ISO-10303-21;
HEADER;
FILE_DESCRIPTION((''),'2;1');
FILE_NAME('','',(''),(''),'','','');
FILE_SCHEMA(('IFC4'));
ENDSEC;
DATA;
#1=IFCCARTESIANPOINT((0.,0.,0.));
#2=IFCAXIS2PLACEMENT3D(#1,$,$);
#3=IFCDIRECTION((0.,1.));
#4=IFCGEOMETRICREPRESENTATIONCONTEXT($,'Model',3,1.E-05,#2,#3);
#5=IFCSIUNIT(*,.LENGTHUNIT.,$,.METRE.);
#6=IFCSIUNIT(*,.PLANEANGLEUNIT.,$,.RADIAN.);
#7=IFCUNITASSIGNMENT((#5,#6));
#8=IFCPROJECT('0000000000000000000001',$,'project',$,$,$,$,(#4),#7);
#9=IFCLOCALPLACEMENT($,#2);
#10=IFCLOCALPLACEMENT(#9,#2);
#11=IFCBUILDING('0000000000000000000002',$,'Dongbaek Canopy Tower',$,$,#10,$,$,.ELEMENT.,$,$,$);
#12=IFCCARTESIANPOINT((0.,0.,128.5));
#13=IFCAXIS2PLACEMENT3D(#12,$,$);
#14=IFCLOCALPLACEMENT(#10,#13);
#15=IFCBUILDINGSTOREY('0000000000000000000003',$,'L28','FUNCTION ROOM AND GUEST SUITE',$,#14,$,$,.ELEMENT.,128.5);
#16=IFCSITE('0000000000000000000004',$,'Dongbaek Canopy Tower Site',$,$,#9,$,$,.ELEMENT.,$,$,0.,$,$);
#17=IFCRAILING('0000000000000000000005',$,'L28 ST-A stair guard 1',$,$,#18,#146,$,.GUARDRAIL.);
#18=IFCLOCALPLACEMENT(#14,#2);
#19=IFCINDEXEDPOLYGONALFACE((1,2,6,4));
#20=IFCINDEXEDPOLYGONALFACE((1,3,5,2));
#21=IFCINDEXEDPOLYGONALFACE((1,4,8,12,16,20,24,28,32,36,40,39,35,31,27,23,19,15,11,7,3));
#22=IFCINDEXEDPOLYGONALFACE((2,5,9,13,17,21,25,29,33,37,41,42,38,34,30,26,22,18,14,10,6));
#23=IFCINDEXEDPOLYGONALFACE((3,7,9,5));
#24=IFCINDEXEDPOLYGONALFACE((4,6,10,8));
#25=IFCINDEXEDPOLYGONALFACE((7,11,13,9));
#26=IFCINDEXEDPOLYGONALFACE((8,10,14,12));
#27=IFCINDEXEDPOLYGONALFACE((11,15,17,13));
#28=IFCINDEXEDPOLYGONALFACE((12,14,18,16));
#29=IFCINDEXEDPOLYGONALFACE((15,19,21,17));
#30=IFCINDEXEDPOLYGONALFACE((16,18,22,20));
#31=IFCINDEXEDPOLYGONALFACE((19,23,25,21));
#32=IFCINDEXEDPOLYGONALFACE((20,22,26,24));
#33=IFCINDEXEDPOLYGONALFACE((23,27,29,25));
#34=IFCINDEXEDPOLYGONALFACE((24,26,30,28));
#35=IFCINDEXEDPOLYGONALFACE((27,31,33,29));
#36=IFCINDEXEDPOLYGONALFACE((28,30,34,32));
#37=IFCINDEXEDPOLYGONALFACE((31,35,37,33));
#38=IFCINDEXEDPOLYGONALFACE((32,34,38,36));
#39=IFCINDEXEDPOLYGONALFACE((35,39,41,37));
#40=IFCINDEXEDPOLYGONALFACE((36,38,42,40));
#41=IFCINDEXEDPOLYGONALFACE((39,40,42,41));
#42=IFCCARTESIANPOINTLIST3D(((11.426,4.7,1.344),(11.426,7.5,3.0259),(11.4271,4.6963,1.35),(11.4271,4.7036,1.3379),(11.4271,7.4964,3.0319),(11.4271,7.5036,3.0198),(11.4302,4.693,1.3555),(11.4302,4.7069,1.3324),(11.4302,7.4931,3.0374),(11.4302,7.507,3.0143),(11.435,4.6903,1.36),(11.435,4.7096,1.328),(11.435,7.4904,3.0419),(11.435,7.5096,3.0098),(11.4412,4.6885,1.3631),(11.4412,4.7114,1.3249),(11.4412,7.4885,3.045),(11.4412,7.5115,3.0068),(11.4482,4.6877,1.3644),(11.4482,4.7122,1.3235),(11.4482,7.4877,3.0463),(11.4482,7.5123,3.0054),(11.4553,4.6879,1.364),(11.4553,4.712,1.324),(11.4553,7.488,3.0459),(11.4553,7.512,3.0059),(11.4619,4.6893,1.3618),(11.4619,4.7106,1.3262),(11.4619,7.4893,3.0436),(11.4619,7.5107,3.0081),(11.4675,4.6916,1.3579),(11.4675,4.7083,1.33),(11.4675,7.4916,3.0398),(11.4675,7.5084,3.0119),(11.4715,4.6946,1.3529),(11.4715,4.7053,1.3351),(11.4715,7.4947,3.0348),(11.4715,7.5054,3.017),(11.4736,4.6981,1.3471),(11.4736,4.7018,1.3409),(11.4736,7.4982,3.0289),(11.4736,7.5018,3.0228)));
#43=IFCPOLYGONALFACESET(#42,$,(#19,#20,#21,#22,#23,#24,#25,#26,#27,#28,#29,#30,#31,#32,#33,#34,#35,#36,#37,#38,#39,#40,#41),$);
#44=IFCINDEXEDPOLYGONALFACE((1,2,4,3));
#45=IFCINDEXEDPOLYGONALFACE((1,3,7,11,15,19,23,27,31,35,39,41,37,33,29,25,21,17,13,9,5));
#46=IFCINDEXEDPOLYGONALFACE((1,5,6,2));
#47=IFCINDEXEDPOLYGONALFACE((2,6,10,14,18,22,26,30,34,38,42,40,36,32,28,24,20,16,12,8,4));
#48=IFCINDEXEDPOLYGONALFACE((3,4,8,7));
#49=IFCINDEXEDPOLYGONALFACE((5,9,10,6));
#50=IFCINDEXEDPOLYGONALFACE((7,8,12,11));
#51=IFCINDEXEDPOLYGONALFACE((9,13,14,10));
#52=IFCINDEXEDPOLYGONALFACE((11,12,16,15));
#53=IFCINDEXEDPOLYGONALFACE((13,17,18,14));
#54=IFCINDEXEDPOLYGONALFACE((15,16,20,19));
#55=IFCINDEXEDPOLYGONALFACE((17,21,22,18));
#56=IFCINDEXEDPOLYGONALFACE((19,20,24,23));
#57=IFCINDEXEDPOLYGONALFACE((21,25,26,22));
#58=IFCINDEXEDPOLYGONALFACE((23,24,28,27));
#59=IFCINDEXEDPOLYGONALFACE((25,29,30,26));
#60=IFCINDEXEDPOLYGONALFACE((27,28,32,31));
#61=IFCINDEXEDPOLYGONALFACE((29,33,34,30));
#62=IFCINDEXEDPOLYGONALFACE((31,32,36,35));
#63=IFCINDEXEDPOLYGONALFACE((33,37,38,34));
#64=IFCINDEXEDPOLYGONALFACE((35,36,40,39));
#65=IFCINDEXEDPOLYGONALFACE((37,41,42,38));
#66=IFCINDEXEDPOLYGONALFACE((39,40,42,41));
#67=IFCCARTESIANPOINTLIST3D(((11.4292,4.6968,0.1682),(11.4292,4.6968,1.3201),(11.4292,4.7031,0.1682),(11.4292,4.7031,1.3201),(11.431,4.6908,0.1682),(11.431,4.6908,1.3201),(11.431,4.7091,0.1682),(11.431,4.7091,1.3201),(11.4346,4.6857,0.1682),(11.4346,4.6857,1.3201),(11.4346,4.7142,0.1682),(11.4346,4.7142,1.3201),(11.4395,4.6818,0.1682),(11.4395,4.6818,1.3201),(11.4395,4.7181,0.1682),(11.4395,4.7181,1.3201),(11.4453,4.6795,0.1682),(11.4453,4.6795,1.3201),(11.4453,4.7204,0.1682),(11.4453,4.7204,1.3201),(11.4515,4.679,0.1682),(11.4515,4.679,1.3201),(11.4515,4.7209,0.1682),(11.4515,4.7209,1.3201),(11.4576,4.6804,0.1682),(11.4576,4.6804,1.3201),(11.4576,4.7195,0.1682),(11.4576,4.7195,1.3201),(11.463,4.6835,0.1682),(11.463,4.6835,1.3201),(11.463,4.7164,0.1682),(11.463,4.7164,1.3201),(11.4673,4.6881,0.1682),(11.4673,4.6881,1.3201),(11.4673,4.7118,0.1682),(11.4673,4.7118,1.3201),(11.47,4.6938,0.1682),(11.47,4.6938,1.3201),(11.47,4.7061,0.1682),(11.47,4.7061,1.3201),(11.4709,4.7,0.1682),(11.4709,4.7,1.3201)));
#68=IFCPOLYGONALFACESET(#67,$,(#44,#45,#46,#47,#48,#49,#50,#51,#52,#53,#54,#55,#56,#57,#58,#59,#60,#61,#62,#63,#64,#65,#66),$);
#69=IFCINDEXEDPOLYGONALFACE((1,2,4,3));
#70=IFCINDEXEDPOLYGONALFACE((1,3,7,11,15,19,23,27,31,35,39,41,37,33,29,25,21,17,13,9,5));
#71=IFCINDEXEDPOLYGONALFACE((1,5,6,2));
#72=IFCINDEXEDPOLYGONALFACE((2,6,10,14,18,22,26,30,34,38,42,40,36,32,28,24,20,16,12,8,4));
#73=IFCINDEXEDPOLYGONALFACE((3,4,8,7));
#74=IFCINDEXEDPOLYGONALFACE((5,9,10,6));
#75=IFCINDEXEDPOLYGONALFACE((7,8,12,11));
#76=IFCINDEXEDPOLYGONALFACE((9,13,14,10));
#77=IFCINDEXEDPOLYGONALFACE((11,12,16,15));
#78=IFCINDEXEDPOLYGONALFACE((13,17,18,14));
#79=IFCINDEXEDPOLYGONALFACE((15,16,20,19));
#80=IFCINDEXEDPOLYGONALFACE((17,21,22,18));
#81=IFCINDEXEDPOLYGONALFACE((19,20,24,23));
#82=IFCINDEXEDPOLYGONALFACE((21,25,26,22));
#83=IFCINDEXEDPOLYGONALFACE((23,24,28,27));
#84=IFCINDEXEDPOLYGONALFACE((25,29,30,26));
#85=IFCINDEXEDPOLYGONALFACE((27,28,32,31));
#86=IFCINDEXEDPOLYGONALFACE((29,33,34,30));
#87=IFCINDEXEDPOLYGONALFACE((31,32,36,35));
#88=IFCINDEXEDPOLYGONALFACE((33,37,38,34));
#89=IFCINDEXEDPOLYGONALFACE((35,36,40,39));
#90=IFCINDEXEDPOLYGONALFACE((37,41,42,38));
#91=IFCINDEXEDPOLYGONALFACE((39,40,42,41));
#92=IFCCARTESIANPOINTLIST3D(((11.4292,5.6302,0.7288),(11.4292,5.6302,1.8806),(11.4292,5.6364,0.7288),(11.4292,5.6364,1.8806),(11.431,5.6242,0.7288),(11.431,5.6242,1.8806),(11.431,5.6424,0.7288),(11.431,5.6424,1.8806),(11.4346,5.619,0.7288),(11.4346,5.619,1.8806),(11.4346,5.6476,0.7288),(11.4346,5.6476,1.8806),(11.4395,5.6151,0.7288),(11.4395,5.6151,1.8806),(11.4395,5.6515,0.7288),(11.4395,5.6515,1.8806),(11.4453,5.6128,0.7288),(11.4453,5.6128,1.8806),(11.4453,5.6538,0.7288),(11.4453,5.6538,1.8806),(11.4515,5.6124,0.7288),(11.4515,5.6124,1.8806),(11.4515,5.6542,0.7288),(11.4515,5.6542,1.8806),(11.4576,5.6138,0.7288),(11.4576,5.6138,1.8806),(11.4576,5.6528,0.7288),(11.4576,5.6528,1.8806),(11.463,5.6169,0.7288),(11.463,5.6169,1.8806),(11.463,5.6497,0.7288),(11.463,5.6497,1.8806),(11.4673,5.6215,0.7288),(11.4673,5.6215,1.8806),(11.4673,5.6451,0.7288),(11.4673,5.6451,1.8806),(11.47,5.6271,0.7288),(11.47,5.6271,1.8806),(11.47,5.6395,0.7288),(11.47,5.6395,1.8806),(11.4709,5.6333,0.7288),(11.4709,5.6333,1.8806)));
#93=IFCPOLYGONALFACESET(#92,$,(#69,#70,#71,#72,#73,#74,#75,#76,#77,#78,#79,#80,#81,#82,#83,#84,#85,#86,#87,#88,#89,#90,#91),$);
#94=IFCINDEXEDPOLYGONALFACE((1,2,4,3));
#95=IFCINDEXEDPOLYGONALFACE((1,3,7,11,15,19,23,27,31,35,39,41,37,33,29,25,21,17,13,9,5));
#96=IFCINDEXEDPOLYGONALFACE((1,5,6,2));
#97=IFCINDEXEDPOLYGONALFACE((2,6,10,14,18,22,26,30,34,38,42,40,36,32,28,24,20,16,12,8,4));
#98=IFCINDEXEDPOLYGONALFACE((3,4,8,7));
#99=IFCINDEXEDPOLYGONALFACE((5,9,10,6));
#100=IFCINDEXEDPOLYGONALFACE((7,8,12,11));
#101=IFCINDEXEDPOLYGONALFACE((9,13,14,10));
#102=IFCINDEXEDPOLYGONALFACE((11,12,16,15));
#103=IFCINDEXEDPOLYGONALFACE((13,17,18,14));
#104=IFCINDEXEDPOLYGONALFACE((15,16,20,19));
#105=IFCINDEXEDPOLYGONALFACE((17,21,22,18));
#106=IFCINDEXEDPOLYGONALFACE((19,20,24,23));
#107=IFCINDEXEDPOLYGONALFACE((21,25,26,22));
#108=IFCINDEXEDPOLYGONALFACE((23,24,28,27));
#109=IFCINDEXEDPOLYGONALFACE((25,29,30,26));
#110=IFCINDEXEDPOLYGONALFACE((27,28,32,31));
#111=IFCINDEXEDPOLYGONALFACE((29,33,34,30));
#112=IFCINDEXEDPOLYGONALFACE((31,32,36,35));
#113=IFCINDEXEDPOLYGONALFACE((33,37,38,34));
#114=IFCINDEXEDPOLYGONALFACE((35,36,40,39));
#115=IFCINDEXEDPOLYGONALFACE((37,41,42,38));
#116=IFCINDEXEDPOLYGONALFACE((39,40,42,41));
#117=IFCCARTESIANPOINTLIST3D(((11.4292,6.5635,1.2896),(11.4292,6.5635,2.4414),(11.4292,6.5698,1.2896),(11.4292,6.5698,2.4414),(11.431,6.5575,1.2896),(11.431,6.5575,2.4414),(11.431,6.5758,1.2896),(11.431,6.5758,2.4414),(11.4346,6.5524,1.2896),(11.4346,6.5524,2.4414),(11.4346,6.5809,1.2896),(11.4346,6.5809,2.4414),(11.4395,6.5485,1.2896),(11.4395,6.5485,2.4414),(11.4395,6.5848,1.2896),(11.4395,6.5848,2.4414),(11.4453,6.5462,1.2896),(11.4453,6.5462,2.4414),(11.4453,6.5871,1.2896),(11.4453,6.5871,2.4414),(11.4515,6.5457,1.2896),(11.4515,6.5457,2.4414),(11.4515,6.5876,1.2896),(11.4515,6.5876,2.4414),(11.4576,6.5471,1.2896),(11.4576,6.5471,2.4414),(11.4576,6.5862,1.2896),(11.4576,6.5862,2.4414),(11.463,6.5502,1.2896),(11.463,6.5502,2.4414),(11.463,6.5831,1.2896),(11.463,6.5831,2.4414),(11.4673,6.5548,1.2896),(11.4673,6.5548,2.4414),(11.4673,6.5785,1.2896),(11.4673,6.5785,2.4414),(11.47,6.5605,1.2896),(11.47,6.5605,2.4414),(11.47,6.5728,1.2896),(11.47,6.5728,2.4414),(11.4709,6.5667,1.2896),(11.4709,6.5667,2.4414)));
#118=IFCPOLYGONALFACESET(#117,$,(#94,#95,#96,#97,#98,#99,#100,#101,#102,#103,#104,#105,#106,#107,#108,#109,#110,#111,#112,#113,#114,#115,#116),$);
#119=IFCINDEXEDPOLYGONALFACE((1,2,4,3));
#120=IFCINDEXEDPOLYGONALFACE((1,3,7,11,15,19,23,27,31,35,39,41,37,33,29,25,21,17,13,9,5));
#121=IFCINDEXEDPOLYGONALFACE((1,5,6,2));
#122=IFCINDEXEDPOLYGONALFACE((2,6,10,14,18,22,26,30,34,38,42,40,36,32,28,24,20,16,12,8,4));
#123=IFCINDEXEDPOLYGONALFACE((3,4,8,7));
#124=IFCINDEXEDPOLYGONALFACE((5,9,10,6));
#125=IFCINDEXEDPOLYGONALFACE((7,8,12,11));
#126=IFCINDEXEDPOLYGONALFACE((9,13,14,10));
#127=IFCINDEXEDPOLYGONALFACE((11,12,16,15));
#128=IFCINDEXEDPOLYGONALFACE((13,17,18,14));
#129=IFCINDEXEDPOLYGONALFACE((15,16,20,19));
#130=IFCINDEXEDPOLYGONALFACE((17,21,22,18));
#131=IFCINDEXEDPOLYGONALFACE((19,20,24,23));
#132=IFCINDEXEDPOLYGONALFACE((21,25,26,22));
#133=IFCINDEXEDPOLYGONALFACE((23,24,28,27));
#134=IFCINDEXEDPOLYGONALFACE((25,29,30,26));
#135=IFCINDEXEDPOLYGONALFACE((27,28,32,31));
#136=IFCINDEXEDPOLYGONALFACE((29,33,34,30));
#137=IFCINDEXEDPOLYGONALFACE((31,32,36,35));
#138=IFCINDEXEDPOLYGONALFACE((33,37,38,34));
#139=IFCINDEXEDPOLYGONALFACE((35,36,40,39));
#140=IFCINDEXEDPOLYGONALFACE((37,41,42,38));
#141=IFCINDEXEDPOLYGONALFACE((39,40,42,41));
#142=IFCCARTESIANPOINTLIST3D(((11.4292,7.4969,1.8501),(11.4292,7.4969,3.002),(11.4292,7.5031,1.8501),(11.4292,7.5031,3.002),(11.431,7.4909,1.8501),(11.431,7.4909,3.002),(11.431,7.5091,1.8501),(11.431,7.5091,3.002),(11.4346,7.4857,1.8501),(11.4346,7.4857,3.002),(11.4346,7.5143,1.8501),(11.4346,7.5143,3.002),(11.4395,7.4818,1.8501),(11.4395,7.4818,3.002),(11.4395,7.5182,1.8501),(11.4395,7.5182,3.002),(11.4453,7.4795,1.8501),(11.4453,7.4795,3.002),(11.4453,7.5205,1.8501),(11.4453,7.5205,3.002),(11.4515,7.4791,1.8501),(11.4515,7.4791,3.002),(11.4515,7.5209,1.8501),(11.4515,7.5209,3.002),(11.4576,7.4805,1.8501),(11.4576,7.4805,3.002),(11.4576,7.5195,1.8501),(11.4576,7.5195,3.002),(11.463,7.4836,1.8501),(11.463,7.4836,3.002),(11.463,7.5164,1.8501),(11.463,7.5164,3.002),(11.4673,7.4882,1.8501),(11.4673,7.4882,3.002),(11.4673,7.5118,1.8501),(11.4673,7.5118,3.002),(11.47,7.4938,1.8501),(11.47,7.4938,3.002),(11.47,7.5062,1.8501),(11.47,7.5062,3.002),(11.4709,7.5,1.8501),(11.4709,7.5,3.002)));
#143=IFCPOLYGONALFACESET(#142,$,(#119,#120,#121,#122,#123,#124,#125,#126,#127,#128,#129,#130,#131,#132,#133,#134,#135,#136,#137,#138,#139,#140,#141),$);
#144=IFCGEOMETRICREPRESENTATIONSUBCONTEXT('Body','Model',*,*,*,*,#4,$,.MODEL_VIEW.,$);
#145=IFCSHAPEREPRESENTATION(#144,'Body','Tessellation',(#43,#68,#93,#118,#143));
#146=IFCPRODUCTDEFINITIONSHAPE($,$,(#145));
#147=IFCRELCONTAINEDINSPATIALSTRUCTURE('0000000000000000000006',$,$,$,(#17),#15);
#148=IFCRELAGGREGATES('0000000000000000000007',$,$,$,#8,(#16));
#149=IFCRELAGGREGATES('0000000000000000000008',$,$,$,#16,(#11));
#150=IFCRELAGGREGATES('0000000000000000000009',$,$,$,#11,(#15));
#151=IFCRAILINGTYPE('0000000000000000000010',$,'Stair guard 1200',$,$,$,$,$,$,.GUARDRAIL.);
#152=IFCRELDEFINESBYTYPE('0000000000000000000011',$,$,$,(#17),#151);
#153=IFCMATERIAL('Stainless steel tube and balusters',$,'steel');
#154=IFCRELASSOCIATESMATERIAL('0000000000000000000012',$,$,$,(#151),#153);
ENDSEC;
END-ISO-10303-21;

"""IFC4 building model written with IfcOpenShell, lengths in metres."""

from ifc_helpers import new_model, si_unit, direction, frame, origin, origin_2d, place, context, subcontext, project, spatial, circle, extrude, material, type_object, element, save


model = new_model("IFC4")

# Units and contexts
model_context = context("Model", 3, precision=1e-05, world=origin(), true_north=direction((0.0, 1.0)))
body_context = subcontext(model_context, "Body", "Model", "MODEL_VIEW")
ifc_project = project(units=[si_unit("LENGTHUNIT", "METRE"), si_unit("PLANEANGLEUNIT", "RADIAN")], contexts=[model_context])

# Site, building, storey
site_placement = place(None, origin())
site = spatial("IfcSite", under=ifc_project, at=site_placement, Name="Dongbaek Canopy Tower Site", CompositionType="ELEMENT", RefElevation=0.0)
building_placement = place(site_placement, origin())
building = spatial("IfcBuilding", under=site, at=building_placement, Name="Dongbaek Canopy Tower", CompositionType="ELEMENT")
storey_placement = place(building_placement, frame((0.0, 0.0, 128.5)))
storey = spatial("IfcBuildingStorey", under=building, at=storey_placement, Name="L28", Description="FUNCTION ROOM AND GUEST SUITE", CompositionType="ELEMENT", Elevation=128.5)

# Railing
ifc_material_1 = material(Name="Stainless steel tube and balusters", Category="steel")
railing_type_1 = type_object("IfcRailingType", Name="Stair guard 1200", PredefinedType="GUARDRAIL", material=ifc_material_1)
railing_1_placement = place(storey_placement, frame((11.45, 4.7, 0.1682)))
element("IfcRailing", 1, at=railing_1_placement, inside=storey, type_object=railing_type_1, Name="L28 ST-A stair guard 1", PredefinedType="GUARDRAIL", context=body_context, shape_type="SweptSolid", body=[
    extrude(circle(Radius=0.0239, at=origin_2d()), frame((0.0, 0.0, 1.1758), z_axis=(0.0, 0.857242, 0.514913), x_axis=(-1.0, 0.0, 0.0)), (0.0, 0.0, 1.0), 3.2664),
    extrude(circle(Radius=0.021, at=origin_2d()), origin(), (0.0, 0.0, 1.0), 1.1519),
    extrude(circle(Radius=0.021, at=origin_2d()), frame((0.0, 0.9333, 0.5605)), (0.0, 0.0, 1.0), 1.1519),
    extrude(circle(Radius=0.021, at=origin_2d()), frame((0.0, 1.8667, 1.1213)), (0.0, 0.0, 1.0), 1.1519),
    extrude(circle(Radius=0.021, at=origin_2d()), frame((0.0, 2.8, 1.6819)), (0.0, 0.0, 1.0), 1.1519),
])

save(model, "model.ifc")
